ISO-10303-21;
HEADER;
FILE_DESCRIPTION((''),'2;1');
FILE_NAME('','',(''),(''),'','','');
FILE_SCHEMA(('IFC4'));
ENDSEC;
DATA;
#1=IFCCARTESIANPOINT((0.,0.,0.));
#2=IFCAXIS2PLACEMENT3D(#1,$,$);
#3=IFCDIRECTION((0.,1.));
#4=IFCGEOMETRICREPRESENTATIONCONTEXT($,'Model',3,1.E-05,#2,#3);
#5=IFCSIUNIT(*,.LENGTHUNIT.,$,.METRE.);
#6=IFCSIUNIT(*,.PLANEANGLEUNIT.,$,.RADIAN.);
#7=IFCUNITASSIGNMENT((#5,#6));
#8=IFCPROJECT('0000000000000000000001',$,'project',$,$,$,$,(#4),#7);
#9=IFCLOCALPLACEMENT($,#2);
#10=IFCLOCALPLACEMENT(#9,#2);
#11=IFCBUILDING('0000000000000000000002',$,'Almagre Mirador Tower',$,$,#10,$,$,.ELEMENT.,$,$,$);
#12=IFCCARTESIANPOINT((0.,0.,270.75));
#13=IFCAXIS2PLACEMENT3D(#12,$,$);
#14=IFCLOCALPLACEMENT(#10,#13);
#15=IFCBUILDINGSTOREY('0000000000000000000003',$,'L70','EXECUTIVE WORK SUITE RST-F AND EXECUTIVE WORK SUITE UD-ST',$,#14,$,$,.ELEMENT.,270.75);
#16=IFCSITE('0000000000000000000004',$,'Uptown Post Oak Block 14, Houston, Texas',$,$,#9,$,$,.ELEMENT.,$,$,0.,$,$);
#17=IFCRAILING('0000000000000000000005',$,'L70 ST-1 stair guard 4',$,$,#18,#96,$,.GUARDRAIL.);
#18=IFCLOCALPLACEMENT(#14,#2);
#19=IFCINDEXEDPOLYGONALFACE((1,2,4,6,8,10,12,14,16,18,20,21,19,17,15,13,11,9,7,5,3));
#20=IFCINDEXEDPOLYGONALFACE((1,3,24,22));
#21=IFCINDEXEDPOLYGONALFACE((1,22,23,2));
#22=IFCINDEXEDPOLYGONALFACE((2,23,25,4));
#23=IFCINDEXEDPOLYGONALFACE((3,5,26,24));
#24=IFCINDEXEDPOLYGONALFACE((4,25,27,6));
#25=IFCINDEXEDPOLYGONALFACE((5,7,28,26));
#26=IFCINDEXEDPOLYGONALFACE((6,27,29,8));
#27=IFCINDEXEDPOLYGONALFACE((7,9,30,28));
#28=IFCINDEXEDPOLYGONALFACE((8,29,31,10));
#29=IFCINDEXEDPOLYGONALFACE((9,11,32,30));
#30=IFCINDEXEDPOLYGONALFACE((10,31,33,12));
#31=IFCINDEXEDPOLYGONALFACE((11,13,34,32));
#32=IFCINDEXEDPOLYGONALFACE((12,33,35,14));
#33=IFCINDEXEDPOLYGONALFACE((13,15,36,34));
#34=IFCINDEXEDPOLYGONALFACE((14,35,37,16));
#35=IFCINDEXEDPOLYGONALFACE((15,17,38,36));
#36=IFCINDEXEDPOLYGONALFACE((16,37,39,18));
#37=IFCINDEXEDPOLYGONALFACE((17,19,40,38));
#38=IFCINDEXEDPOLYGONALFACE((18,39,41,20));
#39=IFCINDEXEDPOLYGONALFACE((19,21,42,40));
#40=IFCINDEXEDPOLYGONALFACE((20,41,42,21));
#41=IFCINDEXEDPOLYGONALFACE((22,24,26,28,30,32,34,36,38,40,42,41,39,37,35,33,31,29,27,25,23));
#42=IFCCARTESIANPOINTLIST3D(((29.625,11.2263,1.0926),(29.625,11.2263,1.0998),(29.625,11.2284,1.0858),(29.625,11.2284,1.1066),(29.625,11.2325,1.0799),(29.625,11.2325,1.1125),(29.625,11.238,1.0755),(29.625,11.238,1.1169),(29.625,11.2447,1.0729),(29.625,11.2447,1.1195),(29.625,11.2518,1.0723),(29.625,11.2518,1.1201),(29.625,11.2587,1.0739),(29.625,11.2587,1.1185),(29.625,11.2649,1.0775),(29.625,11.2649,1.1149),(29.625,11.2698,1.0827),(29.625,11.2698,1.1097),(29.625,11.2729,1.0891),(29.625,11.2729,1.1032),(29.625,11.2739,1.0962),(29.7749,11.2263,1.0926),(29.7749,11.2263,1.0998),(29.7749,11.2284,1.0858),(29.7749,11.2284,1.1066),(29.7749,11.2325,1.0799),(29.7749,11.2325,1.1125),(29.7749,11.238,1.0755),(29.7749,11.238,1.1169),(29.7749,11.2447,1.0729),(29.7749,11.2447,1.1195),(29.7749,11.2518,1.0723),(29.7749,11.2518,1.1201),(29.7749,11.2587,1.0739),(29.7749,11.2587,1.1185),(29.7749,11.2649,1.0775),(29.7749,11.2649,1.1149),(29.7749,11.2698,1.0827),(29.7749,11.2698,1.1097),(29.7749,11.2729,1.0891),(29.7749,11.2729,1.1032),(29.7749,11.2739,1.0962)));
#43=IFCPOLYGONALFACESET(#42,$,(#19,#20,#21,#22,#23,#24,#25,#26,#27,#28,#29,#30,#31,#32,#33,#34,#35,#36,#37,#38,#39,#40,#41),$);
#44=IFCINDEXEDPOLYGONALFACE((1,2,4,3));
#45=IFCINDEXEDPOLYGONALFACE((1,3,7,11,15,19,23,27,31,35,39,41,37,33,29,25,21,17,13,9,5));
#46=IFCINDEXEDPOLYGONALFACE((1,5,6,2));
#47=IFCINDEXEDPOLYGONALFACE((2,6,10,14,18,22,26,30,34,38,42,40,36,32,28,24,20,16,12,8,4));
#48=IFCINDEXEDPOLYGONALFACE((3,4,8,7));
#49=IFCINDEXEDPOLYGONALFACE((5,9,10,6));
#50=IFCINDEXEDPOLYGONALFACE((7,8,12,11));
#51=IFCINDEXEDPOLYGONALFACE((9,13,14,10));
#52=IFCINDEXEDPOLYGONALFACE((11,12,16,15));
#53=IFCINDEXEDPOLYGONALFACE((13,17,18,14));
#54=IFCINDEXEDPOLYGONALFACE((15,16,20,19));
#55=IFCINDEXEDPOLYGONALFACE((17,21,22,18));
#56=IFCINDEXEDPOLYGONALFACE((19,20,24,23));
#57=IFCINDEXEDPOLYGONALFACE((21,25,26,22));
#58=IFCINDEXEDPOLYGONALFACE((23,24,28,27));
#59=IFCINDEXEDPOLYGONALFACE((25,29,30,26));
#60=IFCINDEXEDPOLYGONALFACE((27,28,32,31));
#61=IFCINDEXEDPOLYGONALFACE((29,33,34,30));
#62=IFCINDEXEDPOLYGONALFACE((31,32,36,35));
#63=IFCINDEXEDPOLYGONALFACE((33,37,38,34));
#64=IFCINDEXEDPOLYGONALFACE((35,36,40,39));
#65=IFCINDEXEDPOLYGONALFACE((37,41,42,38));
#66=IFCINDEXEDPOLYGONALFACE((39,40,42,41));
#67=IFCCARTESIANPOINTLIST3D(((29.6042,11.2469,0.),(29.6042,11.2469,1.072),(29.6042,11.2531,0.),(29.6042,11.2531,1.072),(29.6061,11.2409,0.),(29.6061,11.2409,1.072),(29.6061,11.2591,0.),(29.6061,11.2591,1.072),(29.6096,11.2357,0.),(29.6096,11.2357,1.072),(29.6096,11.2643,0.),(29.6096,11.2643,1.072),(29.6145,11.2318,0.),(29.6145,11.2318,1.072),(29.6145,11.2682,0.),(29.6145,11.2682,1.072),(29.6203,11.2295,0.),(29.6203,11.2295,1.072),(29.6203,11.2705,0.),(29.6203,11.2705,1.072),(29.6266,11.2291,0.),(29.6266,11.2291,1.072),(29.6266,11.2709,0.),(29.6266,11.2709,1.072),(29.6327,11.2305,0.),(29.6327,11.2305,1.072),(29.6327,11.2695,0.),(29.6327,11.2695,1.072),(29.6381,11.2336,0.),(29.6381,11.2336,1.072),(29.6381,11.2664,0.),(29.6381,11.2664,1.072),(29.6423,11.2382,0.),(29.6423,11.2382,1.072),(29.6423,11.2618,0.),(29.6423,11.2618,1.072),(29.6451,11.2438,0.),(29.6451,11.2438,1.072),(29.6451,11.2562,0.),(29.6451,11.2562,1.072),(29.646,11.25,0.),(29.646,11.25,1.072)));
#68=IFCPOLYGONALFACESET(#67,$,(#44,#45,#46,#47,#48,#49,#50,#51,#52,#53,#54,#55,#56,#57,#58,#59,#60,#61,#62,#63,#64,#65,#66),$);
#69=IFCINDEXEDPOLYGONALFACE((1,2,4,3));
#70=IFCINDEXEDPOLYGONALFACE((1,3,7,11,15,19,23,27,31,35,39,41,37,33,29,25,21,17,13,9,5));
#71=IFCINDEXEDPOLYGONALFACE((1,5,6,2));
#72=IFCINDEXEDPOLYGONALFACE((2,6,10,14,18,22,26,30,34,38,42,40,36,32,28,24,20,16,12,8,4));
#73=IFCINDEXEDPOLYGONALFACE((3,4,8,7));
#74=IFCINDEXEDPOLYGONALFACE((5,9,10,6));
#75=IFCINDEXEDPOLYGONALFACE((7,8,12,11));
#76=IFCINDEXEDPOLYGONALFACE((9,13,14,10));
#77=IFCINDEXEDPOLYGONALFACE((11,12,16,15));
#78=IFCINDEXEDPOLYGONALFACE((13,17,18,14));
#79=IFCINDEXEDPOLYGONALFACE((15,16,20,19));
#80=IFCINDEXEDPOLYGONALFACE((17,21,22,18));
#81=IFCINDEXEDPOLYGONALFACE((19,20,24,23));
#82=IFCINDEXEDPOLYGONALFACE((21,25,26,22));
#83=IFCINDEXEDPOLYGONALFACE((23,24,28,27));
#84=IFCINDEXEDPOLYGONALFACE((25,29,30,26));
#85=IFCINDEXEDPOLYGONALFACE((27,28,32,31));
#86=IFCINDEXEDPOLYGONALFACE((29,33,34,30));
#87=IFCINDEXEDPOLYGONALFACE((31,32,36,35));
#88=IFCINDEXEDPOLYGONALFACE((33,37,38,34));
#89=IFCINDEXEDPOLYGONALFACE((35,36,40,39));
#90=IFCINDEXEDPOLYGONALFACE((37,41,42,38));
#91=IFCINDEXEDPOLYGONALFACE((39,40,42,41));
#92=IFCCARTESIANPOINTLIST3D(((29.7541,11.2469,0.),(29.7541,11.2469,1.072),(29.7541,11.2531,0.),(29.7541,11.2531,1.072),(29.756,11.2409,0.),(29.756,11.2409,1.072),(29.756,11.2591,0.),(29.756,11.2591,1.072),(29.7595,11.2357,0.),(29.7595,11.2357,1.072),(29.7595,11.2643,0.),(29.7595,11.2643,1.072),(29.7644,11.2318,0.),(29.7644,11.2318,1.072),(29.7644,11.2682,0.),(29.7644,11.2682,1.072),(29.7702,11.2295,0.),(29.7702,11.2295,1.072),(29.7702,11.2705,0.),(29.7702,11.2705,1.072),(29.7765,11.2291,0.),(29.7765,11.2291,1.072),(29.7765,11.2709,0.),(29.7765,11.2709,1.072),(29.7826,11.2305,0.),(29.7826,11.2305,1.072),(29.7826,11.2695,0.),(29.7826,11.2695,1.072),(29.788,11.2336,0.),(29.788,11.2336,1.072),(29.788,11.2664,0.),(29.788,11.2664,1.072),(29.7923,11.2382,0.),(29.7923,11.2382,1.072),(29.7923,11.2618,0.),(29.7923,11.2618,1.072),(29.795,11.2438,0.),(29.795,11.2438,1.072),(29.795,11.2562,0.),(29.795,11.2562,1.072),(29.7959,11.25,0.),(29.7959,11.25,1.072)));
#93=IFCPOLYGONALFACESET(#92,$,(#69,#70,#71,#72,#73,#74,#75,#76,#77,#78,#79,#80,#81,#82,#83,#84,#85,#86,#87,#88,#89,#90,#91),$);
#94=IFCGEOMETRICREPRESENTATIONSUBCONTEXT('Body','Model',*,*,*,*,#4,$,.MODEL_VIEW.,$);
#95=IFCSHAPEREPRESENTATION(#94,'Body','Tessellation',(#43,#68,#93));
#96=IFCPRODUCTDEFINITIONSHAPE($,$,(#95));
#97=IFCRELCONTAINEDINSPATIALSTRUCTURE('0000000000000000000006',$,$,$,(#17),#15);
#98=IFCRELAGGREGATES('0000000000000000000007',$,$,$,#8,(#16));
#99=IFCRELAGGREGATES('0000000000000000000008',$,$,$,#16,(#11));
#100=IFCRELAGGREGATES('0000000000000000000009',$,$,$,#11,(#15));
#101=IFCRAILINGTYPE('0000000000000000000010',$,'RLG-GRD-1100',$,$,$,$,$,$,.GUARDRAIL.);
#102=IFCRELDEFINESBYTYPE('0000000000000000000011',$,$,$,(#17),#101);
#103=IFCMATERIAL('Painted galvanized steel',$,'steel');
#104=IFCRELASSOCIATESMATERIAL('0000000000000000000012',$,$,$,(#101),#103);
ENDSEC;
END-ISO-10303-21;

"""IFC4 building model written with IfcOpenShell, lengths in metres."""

from ifc_helpers import new_model, si_unit, direction, frame, origin, origin_2d, place, context, subcontext, project, spatial, circle, extrude, material, type_object, element, save


model = new_model("IFC4")

# Units and contexts
model_context = context("Model", 3, precision=1e-05, world=origin(), true_north=direction((0.0, 1.0)))
body_context = subcontext(model_context, "Body", "Model", "MODEL_VIEW")
ifc_project = project(units=[si_unit("LENGTHUNIT", "METRE"), si_unit("PLANEANGLEUNIT", "RADIAN")], contexts=[model_context])

# Site, building, storey
site_placement = place(None, origin())
site = spatial("IfcSite", under=ifc_project, at=site_placement, Name="Uptown Post Oak Block 14, Houston, Texas", CompositionType="ELEMENT", RefElevation=0.0)
building_placement = place(site_placement, origin())
building = spatial("IfcBuilding", under=site, at=building_placement, Name="Almagre Mirador Tower", CompositionType="ELEMENT")
storey_placement = place(building_placement, frame((0.0, 0.0, 270.75)))
storey = spatial("IfcBuildingStorey", under=building, at=storey_placement, Name="L70", Description="EXECUTIVE WORK SUITE RST-F AND EXECUTIVE WORK SUITE UD-ST", CompositionType="ELEMENT", Elevation=270.75)

# Railing
ifc_material_1 = material(Name="Painted galvanized steel", Category="steel")
railing_type_1 = type_object("IfcRailingType", Name="RLG-GRD-1100", PredefinedType="GUARDRAIL", material=ifc_material_1)
railing_1_placement = place(storey_placement, frame((29.625, 11.25, 0.0)))
element("IfcRailing", 1, at=railing_1_placement, inside=storey, type_object=railing_type_1, Name="L70 ST-1 stair guard 4", PredefinedType="GUARDRAIL", context=body_context, shape_type="SweptSolid", body=[
    extrude(circle(Radius=0.0239, at=origin_2d()), frame((0.0, 0.0, 1.0962), z_axis=(1.0, 0.0, 0.0), x_axis=(0.0, 1.0, 0.0)), (0.0, 0.0, 1.0), 0.1499),
    extrude(circle(Radius=0.021, at=origin_2d()), origin(), (0.0, 0.0, 1.0), 1.072),
    extrude(circle(Radius=0.021, at=origin_2d()), frame((0.1499, 0.0, 0.0)), (0.0, 0.0, 1.0), 1.072),
])

save(model, "model.ifc")
